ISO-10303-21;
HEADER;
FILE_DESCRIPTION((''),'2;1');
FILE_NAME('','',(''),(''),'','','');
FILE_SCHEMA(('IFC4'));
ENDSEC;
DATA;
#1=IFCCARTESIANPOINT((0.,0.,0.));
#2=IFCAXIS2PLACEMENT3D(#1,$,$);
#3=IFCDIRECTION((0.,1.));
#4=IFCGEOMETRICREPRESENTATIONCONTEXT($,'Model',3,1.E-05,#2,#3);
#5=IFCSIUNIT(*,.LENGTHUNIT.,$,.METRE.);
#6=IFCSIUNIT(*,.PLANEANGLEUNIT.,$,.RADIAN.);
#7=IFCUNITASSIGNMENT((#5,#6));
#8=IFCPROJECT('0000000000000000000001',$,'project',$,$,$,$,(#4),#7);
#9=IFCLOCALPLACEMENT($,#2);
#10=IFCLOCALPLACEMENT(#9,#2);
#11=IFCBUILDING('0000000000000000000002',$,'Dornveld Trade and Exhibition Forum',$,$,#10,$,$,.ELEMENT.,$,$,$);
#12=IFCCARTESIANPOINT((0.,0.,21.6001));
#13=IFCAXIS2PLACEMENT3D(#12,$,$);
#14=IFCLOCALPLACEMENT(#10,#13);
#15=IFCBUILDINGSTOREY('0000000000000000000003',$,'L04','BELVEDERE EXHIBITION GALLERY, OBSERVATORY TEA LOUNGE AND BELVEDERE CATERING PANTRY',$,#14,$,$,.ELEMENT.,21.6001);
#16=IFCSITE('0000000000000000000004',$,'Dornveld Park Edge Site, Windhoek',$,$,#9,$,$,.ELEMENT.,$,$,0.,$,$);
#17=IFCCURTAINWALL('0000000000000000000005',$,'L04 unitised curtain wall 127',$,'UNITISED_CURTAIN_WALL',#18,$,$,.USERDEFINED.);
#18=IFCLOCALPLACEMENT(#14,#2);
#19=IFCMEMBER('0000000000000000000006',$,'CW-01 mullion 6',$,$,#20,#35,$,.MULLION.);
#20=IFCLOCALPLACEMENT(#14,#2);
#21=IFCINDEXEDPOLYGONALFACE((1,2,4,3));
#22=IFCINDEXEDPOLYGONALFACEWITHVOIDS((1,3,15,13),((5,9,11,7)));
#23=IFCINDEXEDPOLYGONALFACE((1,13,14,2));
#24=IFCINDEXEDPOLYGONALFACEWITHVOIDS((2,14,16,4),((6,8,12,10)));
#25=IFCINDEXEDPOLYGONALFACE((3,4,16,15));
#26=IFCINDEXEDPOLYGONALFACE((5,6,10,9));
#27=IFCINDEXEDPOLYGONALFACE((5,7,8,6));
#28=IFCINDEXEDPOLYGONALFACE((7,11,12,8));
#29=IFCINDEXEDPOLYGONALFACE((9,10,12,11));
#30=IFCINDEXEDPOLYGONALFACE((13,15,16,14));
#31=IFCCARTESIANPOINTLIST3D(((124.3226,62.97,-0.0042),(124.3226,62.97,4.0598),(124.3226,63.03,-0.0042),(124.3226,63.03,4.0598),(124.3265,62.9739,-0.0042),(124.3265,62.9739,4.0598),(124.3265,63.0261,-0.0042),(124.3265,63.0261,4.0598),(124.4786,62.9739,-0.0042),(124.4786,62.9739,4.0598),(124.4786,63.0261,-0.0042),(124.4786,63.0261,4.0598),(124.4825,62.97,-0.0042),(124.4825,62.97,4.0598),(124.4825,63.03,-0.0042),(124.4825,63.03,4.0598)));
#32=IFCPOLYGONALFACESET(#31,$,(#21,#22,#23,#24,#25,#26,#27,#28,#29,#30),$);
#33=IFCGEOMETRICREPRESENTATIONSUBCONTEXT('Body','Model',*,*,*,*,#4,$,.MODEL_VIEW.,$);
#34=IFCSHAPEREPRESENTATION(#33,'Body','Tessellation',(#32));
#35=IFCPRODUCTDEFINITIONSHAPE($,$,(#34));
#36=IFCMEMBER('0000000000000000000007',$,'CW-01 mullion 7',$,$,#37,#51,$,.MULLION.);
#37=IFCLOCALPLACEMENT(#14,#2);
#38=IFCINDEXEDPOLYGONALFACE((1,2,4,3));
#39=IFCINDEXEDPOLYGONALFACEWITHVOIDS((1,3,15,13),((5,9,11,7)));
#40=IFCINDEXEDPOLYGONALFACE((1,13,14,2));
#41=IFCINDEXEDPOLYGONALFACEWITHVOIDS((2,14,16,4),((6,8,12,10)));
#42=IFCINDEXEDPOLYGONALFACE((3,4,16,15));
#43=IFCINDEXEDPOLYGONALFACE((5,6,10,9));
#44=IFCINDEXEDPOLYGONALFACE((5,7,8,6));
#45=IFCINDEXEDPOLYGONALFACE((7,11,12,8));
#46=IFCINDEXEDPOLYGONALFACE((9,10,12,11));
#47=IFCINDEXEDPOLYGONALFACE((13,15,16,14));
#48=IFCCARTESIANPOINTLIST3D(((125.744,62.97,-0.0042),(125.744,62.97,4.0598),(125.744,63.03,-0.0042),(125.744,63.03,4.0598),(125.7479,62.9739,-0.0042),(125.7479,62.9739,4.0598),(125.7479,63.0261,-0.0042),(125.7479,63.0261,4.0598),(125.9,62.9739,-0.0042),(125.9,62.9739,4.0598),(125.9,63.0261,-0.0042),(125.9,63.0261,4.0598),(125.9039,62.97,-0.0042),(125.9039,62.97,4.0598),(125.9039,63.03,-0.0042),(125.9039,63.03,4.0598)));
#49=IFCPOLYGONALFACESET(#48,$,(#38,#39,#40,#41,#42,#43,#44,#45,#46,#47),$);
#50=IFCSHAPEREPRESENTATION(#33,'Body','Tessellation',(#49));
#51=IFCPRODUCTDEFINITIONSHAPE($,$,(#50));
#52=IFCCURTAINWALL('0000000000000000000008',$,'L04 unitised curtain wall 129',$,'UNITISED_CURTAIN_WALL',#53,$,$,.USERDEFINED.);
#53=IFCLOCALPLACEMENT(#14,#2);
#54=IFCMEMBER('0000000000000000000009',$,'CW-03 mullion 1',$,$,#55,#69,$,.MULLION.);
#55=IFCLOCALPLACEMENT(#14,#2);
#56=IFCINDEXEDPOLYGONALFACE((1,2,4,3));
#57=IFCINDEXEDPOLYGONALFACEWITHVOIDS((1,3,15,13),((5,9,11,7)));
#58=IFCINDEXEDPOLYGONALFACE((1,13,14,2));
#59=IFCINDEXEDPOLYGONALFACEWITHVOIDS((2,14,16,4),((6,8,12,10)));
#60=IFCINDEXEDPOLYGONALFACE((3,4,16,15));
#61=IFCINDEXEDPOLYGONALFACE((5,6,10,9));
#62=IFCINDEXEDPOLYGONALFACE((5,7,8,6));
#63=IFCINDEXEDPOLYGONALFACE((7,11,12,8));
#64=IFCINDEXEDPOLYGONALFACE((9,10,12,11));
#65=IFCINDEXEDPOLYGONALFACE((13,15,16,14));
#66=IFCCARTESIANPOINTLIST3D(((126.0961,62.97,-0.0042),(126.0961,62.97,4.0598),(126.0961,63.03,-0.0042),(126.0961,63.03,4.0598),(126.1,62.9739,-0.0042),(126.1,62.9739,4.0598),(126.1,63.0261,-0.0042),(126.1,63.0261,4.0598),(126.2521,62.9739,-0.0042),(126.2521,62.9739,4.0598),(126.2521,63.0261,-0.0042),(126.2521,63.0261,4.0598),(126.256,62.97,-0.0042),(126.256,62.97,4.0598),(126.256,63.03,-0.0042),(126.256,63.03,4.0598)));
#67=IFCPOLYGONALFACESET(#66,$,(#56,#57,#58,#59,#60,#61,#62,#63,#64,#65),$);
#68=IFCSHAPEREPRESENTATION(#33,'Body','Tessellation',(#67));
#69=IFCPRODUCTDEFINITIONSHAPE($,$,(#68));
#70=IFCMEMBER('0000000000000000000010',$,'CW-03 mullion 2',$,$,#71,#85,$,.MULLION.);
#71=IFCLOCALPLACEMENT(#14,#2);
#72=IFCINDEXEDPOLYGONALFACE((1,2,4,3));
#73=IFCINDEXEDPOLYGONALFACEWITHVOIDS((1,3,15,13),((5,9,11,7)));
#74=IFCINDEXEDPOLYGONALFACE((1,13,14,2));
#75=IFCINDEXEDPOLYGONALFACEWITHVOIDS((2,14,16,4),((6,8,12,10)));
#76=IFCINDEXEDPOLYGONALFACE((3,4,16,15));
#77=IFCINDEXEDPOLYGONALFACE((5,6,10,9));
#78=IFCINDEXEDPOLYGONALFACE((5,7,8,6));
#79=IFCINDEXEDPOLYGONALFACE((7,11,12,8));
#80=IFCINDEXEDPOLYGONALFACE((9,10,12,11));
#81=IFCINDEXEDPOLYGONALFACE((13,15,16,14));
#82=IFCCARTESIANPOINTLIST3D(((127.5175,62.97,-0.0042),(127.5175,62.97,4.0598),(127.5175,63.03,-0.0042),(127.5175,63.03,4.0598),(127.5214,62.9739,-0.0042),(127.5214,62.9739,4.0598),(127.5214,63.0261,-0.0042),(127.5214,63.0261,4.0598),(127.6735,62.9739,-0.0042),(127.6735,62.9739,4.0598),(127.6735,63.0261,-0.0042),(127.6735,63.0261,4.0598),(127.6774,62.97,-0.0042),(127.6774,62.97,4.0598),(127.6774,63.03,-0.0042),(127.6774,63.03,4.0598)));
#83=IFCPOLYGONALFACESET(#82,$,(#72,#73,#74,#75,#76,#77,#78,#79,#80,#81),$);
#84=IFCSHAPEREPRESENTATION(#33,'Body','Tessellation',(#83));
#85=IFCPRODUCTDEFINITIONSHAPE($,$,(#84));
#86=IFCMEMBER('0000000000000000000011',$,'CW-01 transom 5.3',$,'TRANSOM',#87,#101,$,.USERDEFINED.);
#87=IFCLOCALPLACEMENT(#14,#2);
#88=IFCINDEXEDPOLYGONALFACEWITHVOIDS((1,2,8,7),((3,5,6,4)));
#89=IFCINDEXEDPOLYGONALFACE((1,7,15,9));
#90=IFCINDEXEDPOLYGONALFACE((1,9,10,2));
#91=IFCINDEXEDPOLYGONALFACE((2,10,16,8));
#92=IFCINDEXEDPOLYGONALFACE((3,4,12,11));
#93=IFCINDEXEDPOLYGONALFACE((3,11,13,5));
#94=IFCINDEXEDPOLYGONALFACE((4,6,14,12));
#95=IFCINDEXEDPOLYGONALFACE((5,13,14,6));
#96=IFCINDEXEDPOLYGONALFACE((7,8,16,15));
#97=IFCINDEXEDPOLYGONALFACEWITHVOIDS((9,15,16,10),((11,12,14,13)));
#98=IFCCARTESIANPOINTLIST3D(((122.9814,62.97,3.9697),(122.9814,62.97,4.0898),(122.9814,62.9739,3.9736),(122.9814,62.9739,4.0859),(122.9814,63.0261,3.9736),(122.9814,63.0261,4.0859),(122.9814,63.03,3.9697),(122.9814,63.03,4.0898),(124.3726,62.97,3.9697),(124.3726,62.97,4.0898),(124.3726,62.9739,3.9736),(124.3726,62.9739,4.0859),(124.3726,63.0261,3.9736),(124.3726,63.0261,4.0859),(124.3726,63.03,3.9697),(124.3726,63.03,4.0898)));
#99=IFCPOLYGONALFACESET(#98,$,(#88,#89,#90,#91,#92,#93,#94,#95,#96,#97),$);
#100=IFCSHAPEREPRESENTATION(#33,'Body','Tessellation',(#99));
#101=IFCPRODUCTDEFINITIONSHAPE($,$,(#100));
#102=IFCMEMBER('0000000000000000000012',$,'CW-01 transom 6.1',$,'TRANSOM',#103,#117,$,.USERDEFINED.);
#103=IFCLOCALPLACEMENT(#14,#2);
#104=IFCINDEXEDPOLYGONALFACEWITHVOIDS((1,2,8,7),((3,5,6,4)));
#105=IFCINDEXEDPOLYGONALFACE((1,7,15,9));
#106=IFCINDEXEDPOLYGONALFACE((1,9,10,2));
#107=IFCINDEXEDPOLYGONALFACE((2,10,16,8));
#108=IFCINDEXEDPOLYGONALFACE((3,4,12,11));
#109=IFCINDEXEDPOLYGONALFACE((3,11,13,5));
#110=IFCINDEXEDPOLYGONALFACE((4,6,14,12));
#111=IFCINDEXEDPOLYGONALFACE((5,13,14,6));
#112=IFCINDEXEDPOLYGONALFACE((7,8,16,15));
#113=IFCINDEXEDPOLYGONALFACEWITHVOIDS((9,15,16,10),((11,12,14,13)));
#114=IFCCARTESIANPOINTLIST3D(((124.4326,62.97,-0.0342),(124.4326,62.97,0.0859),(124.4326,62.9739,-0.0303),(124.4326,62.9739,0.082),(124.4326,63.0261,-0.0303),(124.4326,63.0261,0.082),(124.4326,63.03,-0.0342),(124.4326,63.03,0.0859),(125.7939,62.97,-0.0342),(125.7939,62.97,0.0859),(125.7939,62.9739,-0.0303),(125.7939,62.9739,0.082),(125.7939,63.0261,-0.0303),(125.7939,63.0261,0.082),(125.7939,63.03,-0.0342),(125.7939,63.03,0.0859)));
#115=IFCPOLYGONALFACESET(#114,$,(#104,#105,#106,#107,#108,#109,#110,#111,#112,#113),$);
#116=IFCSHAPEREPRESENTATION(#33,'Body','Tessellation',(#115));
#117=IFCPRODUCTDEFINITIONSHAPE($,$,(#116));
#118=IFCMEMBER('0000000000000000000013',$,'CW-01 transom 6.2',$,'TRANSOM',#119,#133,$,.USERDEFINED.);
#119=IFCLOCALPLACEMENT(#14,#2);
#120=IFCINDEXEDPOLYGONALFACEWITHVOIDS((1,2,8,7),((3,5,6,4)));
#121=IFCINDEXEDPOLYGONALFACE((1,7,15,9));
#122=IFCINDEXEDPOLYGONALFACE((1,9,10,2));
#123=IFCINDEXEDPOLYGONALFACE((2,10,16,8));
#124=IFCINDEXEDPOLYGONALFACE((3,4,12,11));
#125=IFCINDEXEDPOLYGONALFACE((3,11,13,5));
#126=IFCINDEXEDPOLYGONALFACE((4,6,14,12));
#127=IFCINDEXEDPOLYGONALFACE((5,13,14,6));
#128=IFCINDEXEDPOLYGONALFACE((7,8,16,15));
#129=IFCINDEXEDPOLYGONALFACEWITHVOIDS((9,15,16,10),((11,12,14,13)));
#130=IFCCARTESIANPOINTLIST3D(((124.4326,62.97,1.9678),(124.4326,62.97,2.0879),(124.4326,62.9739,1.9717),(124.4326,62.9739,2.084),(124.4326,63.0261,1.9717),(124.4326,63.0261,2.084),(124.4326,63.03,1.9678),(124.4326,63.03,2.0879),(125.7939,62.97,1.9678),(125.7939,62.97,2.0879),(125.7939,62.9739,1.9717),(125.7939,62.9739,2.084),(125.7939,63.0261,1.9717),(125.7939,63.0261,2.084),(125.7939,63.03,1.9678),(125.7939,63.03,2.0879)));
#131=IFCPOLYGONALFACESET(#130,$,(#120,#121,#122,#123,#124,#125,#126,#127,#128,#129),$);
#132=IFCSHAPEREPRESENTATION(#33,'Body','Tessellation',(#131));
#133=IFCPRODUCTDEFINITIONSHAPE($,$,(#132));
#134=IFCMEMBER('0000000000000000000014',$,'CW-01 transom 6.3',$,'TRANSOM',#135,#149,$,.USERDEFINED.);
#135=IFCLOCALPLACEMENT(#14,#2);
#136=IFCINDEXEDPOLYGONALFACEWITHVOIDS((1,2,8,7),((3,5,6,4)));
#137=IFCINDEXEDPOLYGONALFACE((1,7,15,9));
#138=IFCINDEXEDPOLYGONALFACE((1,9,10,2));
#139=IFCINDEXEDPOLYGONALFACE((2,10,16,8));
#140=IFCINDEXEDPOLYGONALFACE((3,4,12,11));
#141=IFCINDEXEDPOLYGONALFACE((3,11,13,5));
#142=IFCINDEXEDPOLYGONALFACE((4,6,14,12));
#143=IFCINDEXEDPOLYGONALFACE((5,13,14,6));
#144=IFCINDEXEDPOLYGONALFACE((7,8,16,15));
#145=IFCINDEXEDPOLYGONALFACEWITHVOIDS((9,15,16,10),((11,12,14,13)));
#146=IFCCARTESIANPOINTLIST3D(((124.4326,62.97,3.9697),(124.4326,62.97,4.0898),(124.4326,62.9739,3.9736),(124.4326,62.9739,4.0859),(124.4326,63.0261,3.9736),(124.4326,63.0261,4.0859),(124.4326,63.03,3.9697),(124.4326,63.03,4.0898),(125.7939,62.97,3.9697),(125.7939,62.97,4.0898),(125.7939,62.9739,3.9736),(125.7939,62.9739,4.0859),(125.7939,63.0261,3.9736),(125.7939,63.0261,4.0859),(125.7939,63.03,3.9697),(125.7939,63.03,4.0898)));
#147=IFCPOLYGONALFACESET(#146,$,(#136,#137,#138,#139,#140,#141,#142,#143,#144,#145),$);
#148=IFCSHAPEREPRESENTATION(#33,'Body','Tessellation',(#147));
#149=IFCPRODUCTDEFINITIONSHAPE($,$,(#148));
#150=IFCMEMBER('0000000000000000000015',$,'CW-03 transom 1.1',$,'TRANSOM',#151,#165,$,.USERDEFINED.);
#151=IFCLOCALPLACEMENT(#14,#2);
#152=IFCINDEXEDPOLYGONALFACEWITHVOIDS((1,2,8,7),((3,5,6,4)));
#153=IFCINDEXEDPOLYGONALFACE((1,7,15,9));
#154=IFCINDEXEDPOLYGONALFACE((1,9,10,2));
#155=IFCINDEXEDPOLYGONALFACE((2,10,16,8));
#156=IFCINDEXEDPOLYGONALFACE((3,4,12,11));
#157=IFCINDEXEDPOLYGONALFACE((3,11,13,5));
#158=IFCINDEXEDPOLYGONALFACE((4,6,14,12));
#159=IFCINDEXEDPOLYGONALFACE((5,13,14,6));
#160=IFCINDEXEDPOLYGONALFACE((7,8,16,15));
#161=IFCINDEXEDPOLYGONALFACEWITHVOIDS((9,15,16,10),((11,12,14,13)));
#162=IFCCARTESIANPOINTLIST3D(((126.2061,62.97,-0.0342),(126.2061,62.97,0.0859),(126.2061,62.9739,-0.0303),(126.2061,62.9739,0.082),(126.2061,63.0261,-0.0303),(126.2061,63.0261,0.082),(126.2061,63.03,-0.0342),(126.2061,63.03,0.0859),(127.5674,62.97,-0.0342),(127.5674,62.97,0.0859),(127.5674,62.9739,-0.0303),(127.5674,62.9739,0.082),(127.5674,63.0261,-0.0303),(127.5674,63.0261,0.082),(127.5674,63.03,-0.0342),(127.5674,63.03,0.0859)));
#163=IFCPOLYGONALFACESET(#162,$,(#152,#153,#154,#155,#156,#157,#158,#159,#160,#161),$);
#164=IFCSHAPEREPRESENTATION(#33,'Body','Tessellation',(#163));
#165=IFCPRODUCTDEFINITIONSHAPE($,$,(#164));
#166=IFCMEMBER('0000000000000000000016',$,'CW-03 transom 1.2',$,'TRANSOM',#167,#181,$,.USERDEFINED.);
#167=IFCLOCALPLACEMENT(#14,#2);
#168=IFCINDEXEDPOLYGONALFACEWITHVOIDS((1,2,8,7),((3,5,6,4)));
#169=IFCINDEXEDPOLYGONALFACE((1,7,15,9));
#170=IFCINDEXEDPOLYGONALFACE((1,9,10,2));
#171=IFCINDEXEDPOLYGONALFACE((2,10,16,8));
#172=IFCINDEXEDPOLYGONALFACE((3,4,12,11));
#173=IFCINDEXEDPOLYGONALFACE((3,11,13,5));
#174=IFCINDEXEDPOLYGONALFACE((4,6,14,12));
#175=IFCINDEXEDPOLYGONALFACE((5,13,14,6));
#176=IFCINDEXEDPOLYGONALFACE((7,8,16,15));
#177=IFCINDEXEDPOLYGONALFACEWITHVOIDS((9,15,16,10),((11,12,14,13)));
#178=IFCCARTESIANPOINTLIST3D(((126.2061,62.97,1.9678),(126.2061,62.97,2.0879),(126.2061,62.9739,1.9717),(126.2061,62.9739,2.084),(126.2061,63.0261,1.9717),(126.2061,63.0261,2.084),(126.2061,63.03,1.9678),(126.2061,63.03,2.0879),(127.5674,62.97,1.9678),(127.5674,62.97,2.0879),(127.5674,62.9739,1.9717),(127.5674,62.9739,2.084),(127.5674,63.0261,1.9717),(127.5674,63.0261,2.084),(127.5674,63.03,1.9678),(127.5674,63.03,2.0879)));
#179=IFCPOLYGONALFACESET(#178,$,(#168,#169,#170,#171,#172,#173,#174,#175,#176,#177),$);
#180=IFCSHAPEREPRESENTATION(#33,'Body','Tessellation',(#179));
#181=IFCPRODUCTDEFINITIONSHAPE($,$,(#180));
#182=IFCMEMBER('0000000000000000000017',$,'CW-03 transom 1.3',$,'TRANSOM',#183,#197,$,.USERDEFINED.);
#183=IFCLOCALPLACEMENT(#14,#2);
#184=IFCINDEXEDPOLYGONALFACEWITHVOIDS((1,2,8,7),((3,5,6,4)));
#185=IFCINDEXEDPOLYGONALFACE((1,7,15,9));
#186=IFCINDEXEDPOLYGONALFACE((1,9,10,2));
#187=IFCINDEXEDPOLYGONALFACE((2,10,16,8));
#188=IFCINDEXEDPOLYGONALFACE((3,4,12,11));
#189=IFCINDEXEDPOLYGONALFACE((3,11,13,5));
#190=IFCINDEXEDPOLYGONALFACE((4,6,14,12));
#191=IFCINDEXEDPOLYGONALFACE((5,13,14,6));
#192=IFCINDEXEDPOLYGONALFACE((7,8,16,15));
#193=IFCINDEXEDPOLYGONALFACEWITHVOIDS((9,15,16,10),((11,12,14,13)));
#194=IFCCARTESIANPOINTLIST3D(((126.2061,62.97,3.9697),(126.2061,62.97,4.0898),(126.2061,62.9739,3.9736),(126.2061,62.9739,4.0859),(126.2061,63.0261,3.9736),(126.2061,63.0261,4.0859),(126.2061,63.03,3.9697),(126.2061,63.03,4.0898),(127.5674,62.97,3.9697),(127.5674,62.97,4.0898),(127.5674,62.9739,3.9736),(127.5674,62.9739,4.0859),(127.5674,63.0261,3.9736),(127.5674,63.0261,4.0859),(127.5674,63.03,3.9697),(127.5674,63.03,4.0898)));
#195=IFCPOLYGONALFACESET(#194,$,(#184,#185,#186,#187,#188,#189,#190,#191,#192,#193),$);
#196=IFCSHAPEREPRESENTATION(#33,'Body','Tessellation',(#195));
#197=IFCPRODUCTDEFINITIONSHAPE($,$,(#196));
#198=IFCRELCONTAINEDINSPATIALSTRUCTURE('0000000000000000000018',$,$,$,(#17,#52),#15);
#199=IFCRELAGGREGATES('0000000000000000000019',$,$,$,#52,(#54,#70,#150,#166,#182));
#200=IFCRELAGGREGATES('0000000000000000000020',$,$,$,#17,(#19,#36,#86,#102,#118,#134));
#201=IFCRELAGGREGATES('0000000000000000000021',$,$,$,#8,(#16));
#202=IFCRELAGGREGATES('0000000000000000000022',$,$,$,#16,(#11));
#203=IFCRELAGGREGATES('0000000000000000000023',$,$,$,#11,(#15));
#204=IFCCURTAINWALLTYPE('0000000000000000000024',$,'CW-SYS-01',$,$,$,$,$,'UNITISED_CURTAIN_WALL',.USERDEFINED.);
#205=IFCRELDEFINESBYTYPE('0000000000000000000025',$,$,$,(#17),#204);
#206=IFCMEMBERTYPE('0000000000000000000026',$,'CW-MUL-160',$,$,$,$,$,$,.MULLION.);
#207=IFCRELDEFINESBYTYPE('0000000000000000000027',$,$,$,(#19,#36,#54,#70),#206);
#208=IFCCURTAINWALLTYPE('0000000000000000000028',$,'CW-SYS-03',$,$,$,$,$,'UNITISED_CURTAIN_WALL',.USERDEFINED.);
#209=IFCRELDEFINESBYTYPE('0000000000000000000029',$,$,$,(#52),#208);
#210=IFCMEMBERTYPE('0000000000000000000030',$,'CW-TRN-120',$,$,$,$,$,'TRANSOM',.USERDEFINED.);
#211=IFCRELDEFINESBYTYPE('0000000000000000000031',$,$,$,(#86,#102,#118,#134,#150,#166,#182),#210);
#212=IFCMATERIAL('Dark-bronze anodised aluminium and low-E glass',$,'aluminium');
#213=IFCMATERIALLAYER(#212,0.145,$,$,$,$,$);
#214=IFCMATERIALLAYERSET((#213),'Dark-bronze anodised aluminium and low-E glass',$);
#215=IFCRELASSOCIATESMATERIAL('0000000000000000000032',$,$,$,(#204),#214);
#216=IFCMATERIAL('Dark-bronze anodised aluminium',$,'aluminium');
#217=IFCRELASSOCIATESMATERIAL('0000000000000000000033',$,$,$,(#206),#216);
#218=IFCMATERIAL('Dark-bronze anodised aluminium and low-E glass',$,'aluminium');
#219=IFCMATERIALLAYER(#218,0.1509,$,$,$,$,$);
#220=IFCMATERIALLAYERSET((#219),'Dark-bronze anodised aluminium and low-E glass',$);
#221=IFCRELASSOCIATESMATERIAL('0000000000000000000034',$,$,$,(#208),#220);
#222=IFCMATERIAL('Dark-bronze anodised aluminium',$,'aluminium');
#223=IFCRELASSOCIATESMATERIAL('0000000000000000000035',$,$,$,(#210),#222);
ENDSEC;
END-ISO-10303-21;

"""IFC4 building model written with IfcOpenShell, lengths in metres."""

from ifc_helpers import new_model, si_unit, direction, frame, origin, origin_2d, place, context, subcontext, project, spatial, hollow_rectangle, extrude, material, layer, layer_set, material_profile, profile_set, type_object, element, aggregate, save


model = new_model("IFC4")

# Units and contexts
model_context = context("Model", 3, precision=1e-05, world=origin(), true_north=direction((0.0, 1.0)))
body_context = subcontext(model_context, "Body", "Model", "MODEL_VIEW")
ifc_project = project(units=[si_unit("LENGTHUNIT", "METRE"), si_unit("PLANEANGLEUNIT", "RADIAN")], contexts=[model_context])

# Site, building, storey
site_placement = place(None, origin())
site = spatial("IfcSite", under=ifc_project, at=site_placement, Name="Dornveld Park Edge Site, Windhoek", CompositionType="ELEMENT", RefElevation=0.0)
building_placement = place(site_placement, origin())
building = spatial("IfcBuilding", under=site, at=building_placement, Name="Dornveld Trade and Exhibition Forum", CompositionType="ELEMENT")
storey_placement = place(building_placement, frame((0.0, 0.0, 21.6001)))
storey = spatial("IfcBuildingStorey", under=building, at=storey_placement, Name="L04", Description="BELVEDERE EXHIBITION GALLERY, OBSERVATORY TEA LOUNGE AND BELVEDERE CATERING PANTRY", CompositionType="ELEMENT", Elevation=21.6001)

# Curtain walls, members
ifc_material_1 = material(Name="Dark-bronze anodised aluminium and low-E glass", Category="aluminium")
ifc_layer_1 = layer(ifc_material_1, 0.145)
ifc_layer_set_1 = layer_set([ifc_layer_1], Name="Dark-bronze anodised aluminium and low-E glass")
curtain_wall_type_1 = type_object("IfcCurtainWallType", Name="CW-SYS-01", ElementType="UNITISED_CURTAIN_WALL", PredefinedType="USERDEFINED", material=ifc_layer_set_1)
curtain_wall_1_placement = place(storey_placement, origin())
curtain_wall_1 = element("IfcCurtainWall", 1, at=curtain_wall_1_placement, inside=storey, type_object=curtain_wall_type_1, Name="L04 unitised curtain wall 127", ObjectType="UNITISED_CURTAIN_WALL", PredefinedType="USERDEFINED")
ifc_material_2 = material(Name="Dark-bronze anodised aluminium", Category="aluminium")
ifc_material_profile_1 = material_profile(ifc_material_2, hollow_rectangle(XDim=0.0601, YDim=0.1599, WallThickness=0.0039, at=origin_2d()), Name="RHS 160x60x4")
ifc_profile_set_1 = profile_set([ifc_material_profile_1], Name="Dark-bronze anodised aluminium")
member_type_1 = type_object("IfcMemberType", Name="CW-MUL-160", PredefinedType="MULLION", material=ifc_profile_set_1)
member_1_placement = place(storey_placement, frame((124.4026, 63.0, -0.0042), z_axis=(0.0, 0.0, 1.0), x_axis=(0.0, 1.0, 0.0)))
member_1 = element("IfcMember", 2, at=member_1_placement, type_object=member_type_1, Name="CW-01 mullion 6", PredefinedType="MULLION", context=body_context, shape_type="SweptSolid", body=[
    extrude(hollow_rectangle(XDim=0.0601, YDim=0.1599, WallThickness=0.0039, at=origin_2d()), origin(), (0.0, 0.0, 1.0), 4.064),
])
member_2_placement = place(storey_placement, frame((125.824, 63.0, -0.0042), z_axis=(0.0, 0.0, 1.0), x_axis=(0.0, 1.0, 0.0)))
member_2 = element("IfcMember", 3, at=member_2_placement, type_object=member_type_1, Name="CW-01 mullion 7", PredefinedType="MULLION", context=body_context, shape_type="SweptSolid", body=[
    extrude(hollow_rectangle(XDim=0.0601, YDim=0.1599, WallThickness=0.0039, at=origin_2d()), origin(), (0.0, 0.0, 1.0), 4.064),
])
ifc_material_3 = material(Name="Dark-bronze anodised aluminium and low-E glass", Category="aluminium")
ifc_layer_2 = layer(ifc_material_3, 0.1509)
ifc_layer_set_2 = layer_set([ifc_layer_2], Name="Dark-bronze anodised aluminium and low-E glass")
curtain_wall_type_2 = type_object("IfcCurtainWallType", Name="CW-SYS-03", ElementType="UNITISED_CURTAIN_WALL", PredefinedType="USERDEFINED", material=ifc_layer_set_2)
curtain_wall_2_placement = place(storey_placement, origin())
curtain_wall_2 = element("IfcCurtainWall", 4, at=curtain_wall_2_placement, inside=storey, type_object=curtain_wall_type_2, Name="L04 unitised curtain wall 129", ObjectType="UNITISED_CURTAIN_WALL", PredefinedType="USERDEFINED")
member_3_placement = place(storey_placement, frame((126.176, 63.0, -0.0042), z_axis=(0.0, 0.0, 1.0), x_axis=(0.0, 1.0, 0.0)))
member_3 = element("IfcMember", 5, at=member_3_placement, type_object=member_type_1, Name="CW-03 mullion 1", PredefinedType="MULLION", context=body_context, shape_type="SweptSolid", body=[
    extrude(hollow_rectangle(XDim=0.0601, YDim=0.1599, WallThickness=0.0039, at=origin_2d()), origin(), (0.0, 0.0, 1.0), 4.064),
])
member_4_placement = place(storey_placement, frame((127.5974, 63.0, -0.0042), z_axis=(0.0, 0.0, 1.0), x_axis=(0.0, 1.0, 0.0)))
member_4 = element("IfcMember", 6, at=member_4_placement, type_object=member_type_1, Name="CW-03 mullion 2", PredefinedType="MULLION", context=body_context, shape_type="SweptSolid", body=[
    extrude(hollow_rectangle(XDim=0.0601, YDim=0.1599, WallThickness=0.0039, at=origin_2d()), origin(), (0.0, 0.0, 1.0), 4.064),
])

# Members
ifc_material_4 = material(Name="Dark-bronze anodised aluminium", Category="aluminium")
ifc_material_profile_2 = material_profile(ifc_material_4, hollow_rectangle(XDim=0.0601, YDim=0.1201, WallThickness=0.0039, at=origin_2d()), Name="RHS 120x60x4")
ifc_profile_set_2 = profile_set([ifc_material_profile_2], Name="Dark-bronze anodised aluminium")
member_type_2 = type_object("IfcMemberType", Name="CW-TRN-120", ElementType="TRANSOM", PredefinedType="USERDEFINED", material=ifc_profile_set_2)
member_5_placement = place(storey_placement, frame((122.9814, 63.0, 4.0298), z_axis=(1.0, 0.0, 0.0), x_axis=(0.0, 1.0, 0.0)))
member_5 = element("IfcMember", 7, at=member_5_placement, type_object=member_type_2, Name="CW-01 transom 5.3", ObjectType="TRANSOM", PredefinedType="USERDEFINED", context=body_context, shape_type="SweptSolid", body=[
    extrude(hollow_rectangle(XDim=0.0601, YDim=0.1201, WallThickness=0.0039, at=origin_2d()), origin(), (0.0, 0.0, 1.0), 1.3911),
])
member_6_placement = place(storey_placement, frame((124.4326, 63.0, 0.0259), z_axis=(1.0, 0.0, 0.0), x_axis=(0.0, 1.0, 0.0)))
member_6 = element("IfcMember", 8, at=member_6_placement, type_object=member_type_2, Name="CW-01 transom 6.1", ObjectType="TRANSOM", PredefinedType="USERDEFINED", context=body_context, shape_type="SweptSolid", body=[
    extrude(hollow_rectangle(XDim=0.0601, YDim=0.1201, WallThickness=0.0039, at=origin_2d()), origin(), (0.0, 0.0, 1.0), 1.3613),
])
member_7_placement = place(storey_placement, frame((124.4326, 63.0, 2.0278), z_axis=(1.0, 0.0, 0.0), x_axis=(0.0, 1.0, 0.0)))
member_7 = element("IfcMember", 9, at=member_7_placement, type_object=member_type_2, Name="CW-01 transom 6.2", ObjectType="TRANSOM", PredefinedType="USERDEFINED", context=body_context, shape_type="SweptSolid", body=[
    extrude(hollow_rectangle(XDim=0.0601, YDim=0.1201, WallThickness=0.0039, at=origin_2d()), origin(), (0.0, 0.0, 1.0), 1.3613),
])
member_8_placement = place(storey_placement, frame((124.4326, 63.0, 4.0298), z_axis=(1.0, 0.0, 0.0), x_axis=(0.0, 1.0, 0.0)))
member_8 = element("IfcMember", 10, at=member_8_placement, type_object=member_type_2, Name="CW-01 transom 6.3", ObjectType="TRANSOM", PredefinedType="USERDEFINED", context=body_context, shape_type="SweptSolid", body=[
    extrude(hollow_rectangle(XDim=0.0601, YDim=0.1201, WallThickness=0.0039, at=origin_2d()), origin(), (0.0, 0.0, 1.0), 1.3613),
])
member_9_placement = place(storey_placement, frame((126.2061, 63.0, 0.0259), z_axis=(1.0, 0.0, 0.0), x_axis=(0.0, 1.0, 0.0)))
member_9 = element("IfcMember", 11, at=member_9_placement, type_object=member_type_2, Name="CW-03 transom 1.1", ObjectType="TRANSOM", PredefinedType="USERDEFINED", context=body_context, shape_type="SweptSolid", body=[
    extrude(hollow_rectangle(XDim=0.0601, YDim=0.1201, WallThickness=0.0039, at=origin_2d()), origin(), (0.0, 0.0, 1.0), 1.3613),
])
member_10_placement = place(storey_placement, frame((126.2061, 63.0, 2.0278), z_axis=(1.0, 0.0, 0.0), x_axis=(0.0, 1.0, 0.0)))
member_10 = element("IfcMember", 12, at=member_10_placement, type_object=member_type_2, Name="CW-03 transom 1.2", ObjectType="TRANSOM", PredefinedType="USERDEFINED", context=body_context, shape_type="SweptSolid", body=[
    extrude(hollow_rectangle(XDim=0.0601, YDim=0.1201, WallThickness=0.0039, at=origin_2d()), origin(), (0.0, 0.0, 1.0), 1.3613),
])
member_11_placement = place(storey_placement, frame((126.2061, 63.0, 4.0298), z_axis=(1.0, 0.0, 0.0), x_axis=(0.0, 1.0, 0.0)))
member_11 = element("IfcMember", 13, at=member_11_placement, type_object=member_type_2, Name="CW-03 transom 1.3", ObjectType="TRANSOM", PredefinedType="USERDEFINED", context=body_context, shape_type="SweptSolid", body=[
    extrude(hollow_rectangle(XDim=0.0601, YDim=0.1201, WallThickness=0.0039, at=origin_2d()), origin(), (0.0, 0.0, 1.0), 1.3613),
])

aggregate(curtain_wall_2, [member_3, member_4, member_9, member_10, member_11])
aggregate(curtain_wall_1, [member_1, member_2, member_5, member_6, member_7, member_8])

save(model, "model.ifc")
